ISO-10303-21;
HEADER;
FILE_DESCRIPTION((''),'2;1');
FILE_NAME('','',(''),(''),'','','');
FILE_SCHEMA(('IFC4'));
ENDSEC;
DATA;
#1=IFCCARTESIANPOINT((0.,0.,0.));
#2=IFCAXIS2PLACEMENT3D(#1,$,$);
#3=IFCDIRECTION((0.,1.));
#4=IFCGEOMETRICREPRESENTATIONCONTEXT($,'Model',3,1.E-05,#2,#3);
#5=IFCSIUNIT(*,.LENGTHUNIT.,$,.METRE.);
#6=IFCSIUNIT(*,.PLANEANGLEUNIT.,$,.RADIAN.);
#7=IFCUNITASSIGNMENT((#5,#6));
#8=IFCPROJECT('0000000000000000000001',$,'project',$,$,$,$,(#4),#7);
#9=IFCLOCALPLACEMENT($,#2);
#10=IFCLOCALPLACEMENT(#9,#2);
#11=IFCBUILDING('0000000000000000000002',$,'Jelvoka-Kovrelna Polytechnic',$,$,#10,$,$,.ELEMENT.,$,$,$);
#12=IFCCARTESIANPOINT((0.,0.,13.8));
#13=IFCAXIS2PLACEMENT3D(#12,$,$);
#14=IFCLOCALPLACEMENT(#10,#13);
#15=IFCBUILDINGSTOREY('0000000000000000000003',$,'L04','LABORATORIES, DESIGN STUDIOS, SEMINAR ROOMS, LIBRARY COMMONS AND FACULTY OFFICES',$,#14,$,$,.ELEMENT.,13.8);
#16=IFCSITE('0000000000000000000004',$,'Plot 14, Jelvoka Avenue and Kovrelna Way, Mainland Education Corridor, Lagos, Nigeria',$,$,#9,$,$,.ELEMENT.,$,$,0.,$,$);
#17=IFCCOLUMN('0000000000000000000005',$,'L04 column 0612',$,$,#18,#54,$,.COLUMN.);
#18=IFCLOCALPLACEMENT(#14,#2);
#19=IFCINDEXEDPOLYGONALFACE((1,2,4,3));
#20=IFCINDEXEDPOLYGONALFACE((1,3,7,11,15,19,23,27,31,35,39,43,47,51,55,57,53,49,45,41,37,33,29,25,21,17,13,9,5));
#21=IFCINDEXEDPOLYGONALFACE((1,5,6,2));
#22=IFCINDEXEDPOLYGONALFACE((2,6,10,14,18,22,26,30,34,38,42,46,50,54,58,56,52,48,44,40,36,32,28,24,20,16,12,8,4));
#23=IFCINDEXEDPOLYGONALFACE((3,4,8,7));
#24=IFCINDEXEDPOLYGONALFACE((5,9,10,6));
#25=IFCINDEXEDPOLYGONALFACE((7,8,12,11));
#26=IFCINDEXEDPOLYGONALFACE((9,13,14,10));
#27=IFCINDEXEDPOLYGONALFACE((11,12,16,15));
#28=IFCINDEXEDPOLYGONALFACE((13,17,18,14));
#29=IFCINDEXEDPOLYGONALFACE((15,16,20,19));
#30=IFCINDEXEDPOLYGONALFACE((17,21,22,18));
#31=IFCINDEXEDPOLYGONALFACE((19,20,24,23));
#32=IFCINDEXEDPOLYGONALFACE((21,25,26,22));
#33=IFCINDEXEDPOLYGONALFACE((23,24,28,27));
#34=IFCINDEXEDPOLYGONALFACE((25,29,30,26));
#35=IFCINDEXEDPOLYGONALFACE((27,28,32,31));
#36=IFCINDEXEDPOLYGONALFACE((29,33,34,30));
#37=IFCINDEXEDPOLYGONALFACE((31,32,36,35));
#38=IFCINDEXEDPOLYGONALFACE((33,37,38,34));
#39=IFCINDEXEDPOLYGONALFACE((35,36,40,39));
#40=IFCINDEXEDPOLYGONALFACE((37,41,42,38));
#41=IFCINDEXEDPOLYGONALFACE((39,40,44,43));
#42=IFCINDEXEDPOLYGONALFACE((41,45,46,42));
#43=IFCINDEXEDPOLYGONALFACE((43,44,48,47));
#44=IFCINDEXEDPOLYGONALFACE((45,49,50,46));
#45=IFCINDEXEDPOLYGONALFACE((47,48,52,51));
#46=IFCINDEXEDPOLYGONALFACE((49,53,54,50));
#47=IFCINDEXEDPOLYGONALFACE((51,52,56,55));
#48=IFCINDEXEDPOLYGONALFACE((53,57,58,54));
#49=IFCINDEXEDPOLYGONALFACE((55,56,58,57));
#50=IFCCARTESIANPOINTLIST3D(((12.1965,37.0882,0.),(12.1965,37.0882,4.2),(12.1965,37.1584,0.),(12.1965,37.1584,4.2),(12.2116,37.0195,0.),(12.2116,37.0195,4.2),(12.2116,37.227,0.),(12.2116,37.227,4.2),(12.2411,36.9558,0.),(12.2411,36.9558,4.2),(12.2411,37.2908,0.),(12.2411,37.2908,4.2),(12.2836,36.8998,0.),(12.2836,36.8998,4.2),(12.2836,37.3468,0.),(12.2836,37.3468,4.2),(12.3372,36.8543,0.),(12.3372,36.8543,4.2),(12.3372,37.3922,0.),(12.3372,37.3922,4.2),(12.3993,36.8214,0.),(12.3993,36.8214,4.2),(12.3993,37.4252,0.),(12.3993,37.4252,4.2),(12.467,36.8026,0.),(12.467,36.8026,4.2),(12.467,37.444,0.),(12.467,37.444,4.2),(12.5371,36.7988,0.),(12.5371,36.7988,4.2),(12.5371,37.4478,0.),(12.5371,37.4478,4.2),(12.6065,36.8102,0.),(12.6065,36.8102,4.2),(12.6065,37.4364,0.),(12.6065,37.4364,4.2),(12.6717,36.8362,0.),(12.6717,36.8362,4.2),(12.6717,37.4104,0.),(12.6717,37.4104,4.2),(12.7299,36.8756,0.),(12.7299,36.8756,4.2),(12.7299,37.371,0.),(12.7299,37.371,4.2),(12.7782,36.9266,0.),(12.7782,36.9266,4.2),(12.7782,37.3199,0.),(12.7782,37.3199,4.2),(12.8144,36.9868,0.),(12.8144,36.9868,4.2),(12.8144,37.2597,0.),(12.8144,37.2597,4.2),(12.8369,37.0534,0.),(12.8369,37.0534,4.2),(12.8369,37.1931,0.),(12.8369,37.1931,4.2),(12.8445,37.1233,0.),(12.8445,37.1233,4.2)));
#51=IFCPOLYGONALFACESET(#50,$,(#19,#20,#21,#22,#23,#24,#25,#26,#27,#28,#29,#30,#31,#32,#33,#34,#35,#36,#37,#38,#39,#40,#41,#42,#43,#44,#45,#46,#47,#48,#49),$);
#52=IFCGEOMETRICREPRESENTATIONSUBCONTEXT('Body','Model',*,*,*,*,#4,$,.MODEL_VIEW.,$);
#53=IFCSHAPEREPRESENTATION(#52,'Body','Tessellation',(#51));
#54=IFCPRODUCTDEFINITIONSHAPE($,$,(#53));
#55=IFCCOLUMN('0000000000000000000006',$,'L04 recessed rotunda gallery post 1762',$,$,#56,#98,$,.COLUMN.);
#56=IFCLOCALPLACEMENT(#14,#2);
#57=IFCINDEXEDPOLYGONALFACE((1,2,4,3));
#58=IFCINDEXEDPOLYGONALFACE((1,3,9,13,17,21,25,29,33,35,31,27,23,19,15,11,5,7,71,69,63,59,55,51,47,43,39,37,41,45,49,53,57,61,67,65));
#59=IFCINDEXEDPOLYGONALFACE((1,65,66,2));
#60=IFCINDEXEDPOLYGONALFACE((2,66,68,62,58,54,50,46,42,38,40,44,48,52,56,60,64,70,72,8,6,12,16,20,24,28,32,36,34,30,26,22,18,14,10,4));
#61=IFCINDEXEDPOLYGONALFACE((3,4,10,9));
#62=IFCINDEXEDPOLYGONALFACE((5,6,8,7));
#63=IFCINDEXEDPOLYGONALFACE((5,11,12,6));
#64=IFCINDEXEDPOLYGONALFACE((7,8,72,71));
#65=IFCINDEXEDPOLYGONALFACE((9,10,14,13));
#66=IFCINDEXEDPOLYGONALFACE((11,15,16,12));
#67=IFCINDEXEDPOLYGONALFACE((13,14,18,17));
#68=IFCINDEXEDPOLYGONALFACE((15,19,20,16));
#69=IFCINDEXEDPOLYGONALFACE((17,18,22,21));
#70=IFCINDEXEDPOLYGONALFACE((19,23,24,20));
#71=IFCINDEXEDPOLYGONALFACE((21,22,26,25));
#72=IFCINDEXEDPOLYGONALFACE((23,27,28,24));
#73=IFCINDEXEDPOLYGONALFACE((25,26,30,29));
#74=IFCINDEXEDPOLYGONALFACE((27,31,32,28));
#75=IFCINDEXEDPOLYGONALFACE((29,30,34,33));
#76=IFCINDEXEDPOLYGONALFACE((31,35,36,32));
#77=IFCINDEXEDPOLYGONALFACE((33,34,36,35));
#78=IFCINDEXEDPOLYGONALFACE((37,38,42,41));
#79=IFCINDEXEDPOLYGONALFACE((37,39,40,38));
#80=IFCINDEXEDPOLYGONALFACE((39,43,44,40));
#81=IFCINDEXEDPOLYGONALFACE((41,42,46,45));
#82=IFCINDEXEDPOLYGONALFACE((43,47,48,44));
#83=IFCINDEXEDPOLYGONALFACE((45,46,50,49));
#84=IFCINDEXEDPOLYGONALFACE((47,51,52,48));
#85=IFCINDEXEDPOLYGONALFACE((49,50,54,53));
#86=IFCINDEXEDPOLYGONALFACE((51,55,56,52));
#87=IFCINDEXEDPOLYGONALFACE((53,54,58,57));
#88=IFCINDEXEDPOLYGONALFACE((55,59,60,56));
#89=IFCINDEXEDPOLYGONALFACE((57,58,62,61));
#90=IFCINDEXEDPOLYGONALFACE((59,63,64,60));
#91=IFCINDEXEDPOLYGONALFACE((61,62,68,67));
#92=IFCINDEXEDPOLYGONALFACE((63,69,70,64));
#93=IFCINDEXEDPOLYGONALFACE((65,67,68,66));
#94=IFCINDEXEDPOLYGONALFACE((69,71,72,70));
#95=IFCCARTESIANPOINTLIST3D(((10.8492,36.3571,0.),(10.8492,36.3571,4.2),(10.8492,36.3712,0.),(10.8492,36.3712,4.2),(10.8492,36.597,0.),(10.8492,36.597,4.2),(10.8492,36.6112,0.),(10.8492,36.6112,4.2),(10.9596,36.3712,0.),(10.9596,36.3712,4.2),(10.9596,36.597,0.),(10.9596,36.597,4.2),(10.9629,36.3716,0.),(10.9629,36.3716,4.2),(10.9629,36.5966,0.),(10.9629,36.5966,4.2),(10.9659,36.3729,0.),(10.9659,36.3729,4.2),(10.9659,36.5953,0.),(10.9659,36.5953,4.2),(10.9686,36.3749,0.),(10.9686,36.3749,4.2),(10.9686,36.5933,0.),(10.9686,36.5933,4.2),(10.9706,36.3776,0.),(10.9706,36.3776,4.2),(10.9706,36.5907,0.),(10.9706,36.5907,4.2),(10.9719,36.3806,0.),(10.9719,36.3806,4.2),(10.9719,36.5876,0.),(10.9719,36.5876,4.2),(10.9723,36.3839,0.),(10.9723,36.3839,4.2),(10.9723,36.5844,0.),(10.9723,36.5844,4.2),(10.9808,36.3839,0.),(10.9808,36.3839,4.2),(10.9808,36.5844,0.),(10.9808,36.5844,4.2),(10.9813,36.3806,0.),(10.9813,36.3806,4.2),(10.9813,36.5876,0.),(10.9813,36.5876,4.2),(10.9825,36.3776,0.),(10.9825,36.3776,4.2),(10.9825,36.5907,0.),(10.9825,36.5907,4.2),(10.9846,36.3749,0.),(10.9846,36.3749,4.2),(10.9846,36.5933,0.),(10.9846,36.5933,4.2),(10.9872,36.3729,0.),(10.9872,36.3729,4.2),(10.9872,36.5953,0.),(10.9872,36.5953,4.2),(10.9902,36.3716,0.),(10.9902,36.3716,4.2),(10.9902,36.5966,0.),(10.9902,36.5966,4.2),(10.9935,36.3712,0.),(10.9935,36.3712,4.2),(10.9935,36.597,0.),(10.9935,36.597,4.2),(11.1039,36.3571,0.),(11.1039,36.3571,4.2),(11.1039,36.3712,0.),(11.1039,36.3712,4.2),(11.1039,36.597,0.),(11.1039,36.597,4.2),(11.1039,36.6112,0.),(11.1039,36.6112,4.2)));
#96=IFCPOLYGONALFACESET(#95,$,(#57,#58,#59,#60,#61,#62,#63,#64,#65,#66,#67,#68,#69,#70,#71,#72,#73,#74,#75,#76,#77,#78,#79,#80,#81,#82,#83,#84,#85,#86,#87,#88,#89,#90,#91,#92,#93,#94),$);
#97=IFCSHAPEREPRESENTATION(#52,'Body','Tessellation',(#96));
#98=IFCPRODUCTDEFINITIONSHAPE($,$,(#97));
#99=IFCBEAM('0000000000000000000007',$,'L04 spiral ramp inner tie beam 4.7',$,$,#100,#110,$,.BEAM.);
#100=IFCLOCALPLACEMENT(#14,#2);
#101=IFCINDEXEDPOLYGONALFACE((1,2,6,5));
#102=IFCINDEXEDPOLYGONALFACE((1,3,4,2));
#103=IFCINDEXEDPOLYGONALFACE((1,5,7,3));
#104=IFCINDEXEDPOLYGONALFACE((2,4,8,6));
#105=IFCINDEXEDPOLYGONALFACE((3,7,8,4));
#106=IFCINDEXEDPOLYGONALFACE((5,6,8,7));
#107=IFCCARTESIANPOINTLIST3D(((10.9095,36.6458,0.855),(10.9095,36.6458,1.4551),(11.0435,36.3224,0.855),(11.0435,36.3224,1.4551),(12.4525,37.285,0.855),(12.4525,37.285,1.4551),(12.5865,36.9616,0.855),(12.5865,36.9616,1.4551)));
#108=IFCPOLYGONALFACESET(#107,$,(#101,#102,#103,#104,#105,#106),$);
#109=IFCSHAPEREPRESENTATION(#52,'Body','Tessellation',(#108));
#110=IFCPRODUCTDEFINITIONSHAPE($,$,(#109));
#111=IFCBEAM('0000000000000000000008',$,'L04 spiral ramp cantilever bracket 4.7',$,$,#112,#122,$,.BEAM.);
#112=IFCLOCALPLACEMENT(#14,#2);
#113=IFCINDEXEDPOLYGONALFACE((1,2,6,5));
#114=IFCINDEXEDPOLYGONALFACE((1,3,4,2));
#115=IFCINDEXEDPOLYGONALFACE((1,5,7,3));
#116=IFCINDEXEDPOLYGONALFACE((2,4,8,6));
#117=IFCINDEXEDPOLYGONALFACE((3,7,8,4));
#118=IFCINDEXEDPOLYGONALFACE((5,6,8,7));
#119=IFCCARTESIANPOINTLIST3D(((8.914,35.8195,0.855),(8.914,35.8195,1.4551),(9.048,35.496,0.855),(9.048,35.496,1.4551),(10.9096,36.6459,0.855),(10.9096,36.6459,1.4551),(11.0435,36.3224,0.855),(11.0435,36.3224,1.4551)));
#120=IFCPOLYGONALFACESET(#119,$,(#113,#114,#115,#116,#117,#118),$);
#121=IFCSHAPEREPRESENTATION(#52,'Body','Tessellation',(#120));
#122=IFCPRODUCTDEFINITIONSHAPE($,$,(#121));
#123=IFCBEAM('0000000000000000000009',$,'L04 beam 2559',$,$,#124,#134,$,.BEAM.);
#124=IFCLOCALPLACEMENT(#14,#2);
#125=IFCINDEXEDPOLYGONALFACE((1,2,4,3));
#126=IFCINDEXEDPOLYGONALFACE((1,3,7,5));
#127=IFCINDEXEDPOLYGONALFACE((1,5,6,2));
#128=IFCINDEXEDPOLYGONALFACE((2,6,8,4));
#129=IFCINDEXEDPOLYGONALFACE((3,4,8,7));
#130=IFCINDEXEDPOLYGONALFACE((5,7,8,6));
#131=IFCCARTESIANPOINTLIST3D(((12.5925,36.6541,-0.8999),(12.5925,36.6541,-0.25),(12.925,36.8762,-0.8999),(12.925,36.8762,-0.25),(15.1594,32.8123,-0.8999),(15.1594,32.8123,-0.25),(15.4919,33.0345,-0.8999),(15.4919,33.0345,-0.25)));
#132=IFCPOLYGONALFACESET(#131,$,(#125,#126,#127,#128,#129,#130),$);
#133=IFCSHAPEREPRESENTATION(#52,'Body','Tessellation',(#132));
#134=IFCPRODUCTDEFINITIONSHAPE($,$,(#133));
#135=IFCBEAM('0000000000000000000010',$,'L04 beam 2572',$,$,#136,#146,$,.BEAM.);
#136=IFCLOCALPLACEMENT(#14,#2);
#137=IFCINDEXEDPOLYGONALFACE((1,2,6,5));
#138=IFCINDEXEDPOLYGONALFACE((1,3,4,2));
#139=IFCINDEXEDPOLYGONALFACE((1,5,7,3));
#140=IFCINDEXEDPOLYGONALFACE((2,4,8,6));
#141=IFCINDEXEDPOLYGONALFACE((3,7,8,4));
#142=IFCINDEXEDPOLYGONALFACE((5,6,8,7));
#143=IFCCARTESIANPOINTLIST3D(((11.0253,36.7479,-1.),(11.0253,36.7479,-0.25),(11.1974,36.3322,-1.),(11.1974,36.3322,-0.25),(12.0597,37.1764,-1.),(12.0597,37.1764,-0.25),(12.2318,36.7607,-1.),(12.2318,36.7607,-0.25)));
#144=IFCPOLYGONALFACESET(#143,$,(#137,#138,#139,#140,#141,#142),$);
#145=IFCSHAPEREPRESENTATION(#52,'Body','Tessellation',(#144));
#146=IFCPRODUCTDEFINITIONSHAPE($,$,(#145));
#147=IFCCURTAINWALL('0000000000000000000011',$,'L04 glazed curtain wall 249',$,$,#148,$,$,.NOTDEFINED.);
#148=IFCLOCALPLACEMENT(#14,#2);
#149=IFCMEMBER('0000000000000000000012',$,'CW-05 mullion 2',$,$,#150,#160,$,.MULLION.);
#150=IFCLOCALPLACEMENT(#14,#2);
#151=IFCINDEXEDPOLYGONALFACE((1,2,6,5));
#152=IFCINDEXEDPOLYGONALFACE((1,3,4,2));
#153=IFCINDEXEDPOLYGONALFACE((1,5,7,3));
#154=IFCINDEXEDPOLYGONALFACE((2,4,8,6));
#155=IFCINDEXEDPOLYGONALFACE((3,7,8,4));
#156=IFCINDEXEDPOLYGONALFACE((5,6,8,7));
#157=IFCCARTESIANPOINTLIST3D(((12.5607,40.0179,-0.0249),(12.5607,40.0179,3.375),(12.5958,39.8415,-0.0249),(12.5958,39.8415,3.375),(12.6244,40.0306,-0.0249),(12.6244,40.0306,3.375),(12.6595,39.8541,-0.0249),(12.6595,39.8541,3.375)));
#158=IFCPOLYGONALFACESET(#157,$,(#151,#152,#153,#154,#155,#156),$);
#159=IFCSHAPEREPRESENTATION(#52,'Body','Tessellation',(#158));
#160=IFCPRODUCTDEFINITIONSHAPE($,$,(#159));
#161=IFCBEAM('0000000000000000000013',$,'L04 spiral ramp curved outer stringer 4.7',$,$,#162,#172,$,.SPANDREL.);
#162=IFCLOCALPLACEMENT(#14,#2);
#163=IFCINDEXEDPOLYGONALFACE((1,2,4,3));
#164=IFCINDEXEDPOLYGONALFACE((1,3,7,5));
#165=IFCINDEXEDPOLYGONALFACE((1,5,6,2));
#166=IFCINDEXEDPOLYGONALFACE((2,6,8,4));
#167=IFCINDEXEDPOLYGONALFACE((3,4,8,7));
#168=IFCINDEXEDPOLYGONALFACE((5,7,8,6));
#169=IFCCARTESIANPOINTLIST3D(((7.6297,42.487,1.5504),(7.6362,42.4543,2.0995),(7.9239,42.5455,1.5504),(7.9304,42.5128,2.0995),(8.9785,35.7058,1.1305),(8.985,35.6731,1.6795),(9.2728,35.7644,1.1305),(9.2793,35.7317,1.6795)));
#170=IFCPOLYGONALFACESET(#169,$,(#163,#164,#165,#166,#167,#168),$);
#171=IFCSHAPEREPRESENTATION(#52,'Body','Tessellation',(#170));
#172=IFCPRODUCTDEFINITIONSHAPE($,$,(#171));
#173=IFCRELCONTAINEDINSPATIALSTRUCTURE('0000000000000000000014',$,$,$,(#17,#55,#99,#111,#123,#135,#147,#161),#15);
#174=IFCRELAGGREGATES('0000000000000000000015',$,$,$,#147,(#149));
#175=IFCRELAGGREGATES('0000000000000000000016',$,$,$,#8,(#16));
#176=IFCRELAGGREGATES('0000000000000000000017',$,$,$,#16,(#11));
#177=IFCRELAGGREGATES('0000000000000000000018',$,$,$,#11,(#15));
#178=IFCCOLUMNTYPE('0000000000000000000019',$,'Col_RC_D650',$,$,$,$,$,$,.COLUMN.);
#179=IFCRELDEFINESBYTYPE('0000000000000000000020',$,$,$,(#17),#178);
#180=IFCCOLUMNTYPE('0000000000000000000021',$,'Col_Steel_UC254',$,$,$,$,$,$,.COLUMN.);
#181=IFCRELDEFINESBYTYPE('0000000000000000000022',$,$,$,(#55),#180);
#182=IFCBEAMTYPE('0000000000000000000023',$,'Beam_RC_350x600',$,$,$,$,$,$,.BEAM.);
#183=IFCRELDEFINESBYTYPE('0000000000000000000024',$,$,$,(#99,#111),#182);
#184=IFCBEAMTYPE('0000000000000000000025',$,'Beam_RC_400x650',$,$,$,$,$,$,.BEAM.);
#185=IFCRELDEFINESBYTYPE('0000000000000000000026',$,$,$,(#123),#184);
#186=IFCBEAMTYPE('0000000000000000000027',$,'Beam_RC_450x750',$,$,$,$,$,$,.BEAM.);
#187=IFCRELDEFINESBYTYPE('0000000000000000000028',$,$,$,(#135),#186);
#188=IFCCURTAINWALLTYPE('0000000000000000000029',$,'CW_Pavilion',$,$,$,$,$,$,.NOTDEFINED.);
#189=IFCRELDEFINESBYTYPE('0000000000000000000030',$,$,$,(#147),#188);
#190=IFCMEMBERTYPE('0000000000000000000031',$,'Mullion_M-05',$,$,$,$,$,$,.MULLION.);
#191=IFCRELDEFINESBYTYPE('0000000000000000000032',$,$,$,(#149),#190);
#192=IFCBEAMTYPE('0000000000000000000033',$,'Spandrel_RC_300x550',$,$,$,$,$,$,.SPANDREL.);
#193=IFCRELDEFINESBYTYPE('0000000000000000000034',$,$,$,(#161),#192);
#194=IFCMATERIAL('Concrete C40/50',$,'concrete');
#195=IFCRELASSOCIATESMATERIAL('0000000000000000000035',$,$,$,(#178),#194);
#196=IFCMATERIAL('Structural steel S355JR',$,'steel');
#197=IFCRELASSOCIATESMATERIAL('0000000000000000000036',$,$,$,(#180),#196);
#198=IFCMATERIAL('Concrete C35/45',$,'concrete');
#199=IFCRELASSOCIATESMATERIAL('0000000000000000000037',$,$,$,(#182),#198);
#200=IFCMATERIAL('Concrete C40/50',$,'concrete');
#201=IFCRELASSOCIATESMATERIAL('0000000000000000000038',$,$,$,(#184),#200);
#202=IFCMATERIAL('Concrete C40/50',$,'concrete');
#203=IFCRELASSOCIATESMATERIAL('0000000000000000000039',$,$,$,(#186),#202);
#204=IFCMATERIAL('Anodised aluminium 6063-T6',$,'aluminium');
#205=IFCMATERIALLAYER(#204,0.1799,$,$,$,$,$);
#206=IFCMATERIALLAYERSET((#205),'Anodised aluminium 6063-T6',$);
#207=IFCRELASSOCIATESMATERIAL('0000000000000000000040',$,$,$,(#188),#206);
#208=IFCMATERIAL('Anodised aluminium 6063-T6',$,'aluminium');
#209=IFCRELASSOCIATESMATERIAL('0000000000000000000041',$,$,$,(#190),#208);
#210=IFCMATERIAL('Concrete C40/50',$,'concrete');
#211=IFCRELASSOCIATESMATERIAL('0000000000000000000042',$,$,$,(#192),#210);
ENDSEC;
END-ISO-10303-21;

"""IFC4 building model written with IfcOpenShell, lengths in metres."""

from ifc_helpers import new_model, si_unit, direction, frame, origin, origin_2d, place, context, subcontext, project, spatial, rectangle, circle, i_section, extrude, material, layer, layer_set, material_profile, profile_set, type_object, element, aggregate, save


model = new_model("IFC4")

# Units and contexts
model_context = context("Model", 3, precision=1e-05, world=origin(), true_north=direction((0.0, 1.0)))
body_context = subcontext(model_context, "Body", "Model", "MODEL_VIEW")
ifc_project = project(units=[si_unit("LENGTHUNIT", "METRE"), si_unit("PLANEANGLEUNIT", "RADIAN")], contexts=[model_context])

# Site, building, storey
site_placement = place(None, origin())
site = spatial("IfcSite", under=ifc_project, at=site_placement, Name="Plot 14, Jelvoka Avenue and Kovrelna Way, Mainland Education Corridor, Lagos, Nigeria", CompositionType="ELEMENT", RefElevation=0.0)
building_placement = place(site_placement, origin())
building = spatial("IfcBuilding", under=site, at=building_placement, Name="Jelvoka-Kovrelna Polytechnic", CompositionType="ELEMENT")
storey_placement = place(building_placement, frame((0.0, 0.0, 13.8)))
storey = spatial("IfcBuildingStorey", under=building, at=storey_placement, Name="L04", Description="LABORATORIES, DESIGN STUDIOS, SEMINAR ROOMS, LIBRARY COMMONS AND FACULTY OFFICES", CompositionType="ELEMENT", Elevation=13.8)

# Columns
ifc_material_1 = material(Name="Concrete C40/50", Category="concrete")
ifc_material_profile_1 = material_profile(ifc_material_1, circle(Radius=0.325, at=origin_2d()), Name="RC D650")
ifc_profile_set_1 = profile_set([ifc_material_profile_1], Name="Concrete C40/50")
column_type_1 = type_object("IfcColumnType", Name="Col_RC_D650", PredefinedType="COLUMN", material=ifc_profile_set_1)
column_1_placement = place(storey_placement, frame((12.5195, 37.1233, 0.0), z_axis=(0.0, 0.0, 1.0), x_axis=(1.0, 0.0, 0.0)))
element("IfcColumn", 1, at=column_1_placement, inside=storey, type_object=column_type_1, Name="L04 column 0612", PredefinedType="COLUMN", context=body_context, shape_type="SweptSolid", body=[
    extrude(circle(Radius=0.325, at=origin_2d()), origin(), (0.0, 0.0, 1.0), 4.2),
])
ifc_material_2 = material(Name="Structural steel S355JR", Category="steel")
ifc_material_profile_2 = material_profile(ifc_material_2, i_section(OverallWidth=0.2546, OverallDepth=0.2542, WebThickness=0.0085, FlangeThickness=0.0142, FilletRadius=0.0127, at=origin_2d()), Name="254x254x73 UC")
ifc_profile_set_2 = profile_set([ifc_material_profile_2], Name="Structural steel S355JR")
column_type_2 = type_object("IfcColumnType", Name="Col_Steel_UC254", PredefinedType="COLUMN", material=ifc_profile_set_2)
column_2_placement = place(storey_placement, frame((10.9766, 36.4841, 0.0), z_axis=(0.0, 0.0, 1.0), x_axis=(1.0, 0.0, 0.0)))
element("IfcColumn", 2, at=column_2_placement, inside=storey, type_object=column_type_2, Name="L04 recessed rotunda gallery post 1762", PredefinedType="COLUMN", context=body_context, shape_type="SweptSolid", body=[
    extrude(i_section(OverallWidth=0.2546, OverallDepth=0.2542, WebThickness=0.0085, FlangeThickness=0.0142, FilletRadius=0.0127, at=origin_2d()), origin(), (0.0, 0.0, 1.0), 4.2),
])

# Beams
ifc_material_3 = material(Name="Concrete C35/45", Category="concrete")
ifc_material_profile_3 = material_profile(ifc_material_3, rectangle(XDim=0.3501, YDim=0.6001, at=origin_2d()), Name="RC 350x600")
ifc_profile_set_3 = profile_set([ifc_material_profile_3], Name="Concrete C35/45")
beam_type_1 = type_object("IfcBeamType", Name="Beam_RC_350x600", PredefinedType="BEAM", material=ifc_profile_set_3)
beam_1_placement = place(storey_placement, frame((12.5195, 37.1233, 1.155), z_axis=(-0.923871, -0.382705, 0.0), x_axis=(0.382705, -0.923871, 0.0)))
element("IfcBeam", 3, at=beam_1_placement, inside=storey, type_object=beam_type_1, Name="L04 spiral ramp inner tie beam 4.7", PredefinedType="BEAM", context=body_context, shape_type="SweptSolid", body=[
    extrude(rectangle(XDim=0.3501, YDim=0.6001, at=origin_2d()), origin(), (0.0, 0.0, 1.0), 1.6702),
])
beam_2_placement = place(storey_placement, frame((10.9766, 36.4841, 1.155), z_axis=(-0.923911, -0.382608, 0.0), x_axis=(0.382608, -0.923911, 0.0)))
element("IfcBeam", 4, at=beam_2_placement, inside=storey, type_object=beam_type_1, Name="L04 spiral ramp cantilever bracket 4.7", PredefinedType="BEAM", context=body_context, shape_type="SweptSolid", body=[
    extrude(rectangle(XDim=0.3501, YDim=0.6001, at=origin_2d()), origin(), (0.0, 0.0, 1.0), 2.1599),
])
ifc_material_4 = material(Name="Concrete C40/50", Category="concrete")
ifc_material_profile_4 = material_profile(ifc_material_4, rectangle(XDim=0.3999, YDim=0.6499, at=origin_2d()), Name="RC 400x650")
ifc_profile_set_4 = profile_set([ifc_material_profile_4], Name="Concrete C40/50")
beam_type_2 = type_object("IfcBeamType", Name="Beam_RC_400x650", PredefinedType="BEAM", material=ifc_profile_set_4)
beam_3_placement = place(storey_placement, frame((12.7588, 36.7651, -0.575), z_axis=(0.555553, -0.831481, 0.0), x_axis=(0.831481, 0.555553, 0.0)))
element("IfcBeam", 5, at=beam_3_placement, inside=storey, type_object=beam_type_2, Name="L04 beam 2559", PredefinedType="BEAM", context=body_context, shape_type="SweptSolid", body=[
    extrude(rectangle(XDim=0.3999, YDim=0.6499, at=origin_2d()), origin(), (0.0, 0.0, 1.0), 4.6204),
])
ifc_material_5 = material(Name="Concrete C40/50", Category="concrete")
ifc_material_profile_5 = material_profile(ifc_material_5, rectangle(XDim=0.45, YDim=0.75, at=origin_2d()), Name="RC 450x750")
ifc_profile_set_5 = profile_set([ifc_material_profile_5], Name="Concrete C40/50")
beam_type_3 = type_object("IfcBeamType", Name="Beam_RC_450x750", PredefinedType="BEAM", material=ifc_profile_set_5)
beam_4_placement = place(storey_placement, frame((12.1458, 36.9685, -0.625), z_axis=(-0.923881, -0.382679, 0.0), x_axis=(0.382679, -0.923881, 0.0)))
element("IfcBeam", 6, at=beam_4_placement, inside=storey, type_object=beam_type_3, Name="L04 beam 2572", PredefinedType="BEAM", context=body_context, shape_type="SweptSolid", body=[
    extrude(rectangle(XDim=0.45, YDim=0.75, at=origin_2d()), origin(), (0.0, 0.0, 1.0), 1.1196),
])

# Curtain wall, member
ifc_material_6 = material(Name="Anodised aluminium 6063-T6", Category="aluminium")
ifc_layer_1 = layer(ifc_material_6, 0.1799)
ifc_layer_set_1 = layer_set([ifc_layer_1], Name="Anodised aluminium 6063-T6")
curtain_wall_type = type_object("IfcCurtainWallType", Name="CW_Pavilion", PredefinedType="NOTDEFINED", material=ifc_layer_set_1)
curtain_wall_placement = place(storey_placement, origin())
curtain_wall = element("IfcCurtainWall", 7, at=curtain_wall_placement, inside=storey, type_object=curtain_wall_type, Name="L04 glazed curtain wall 249", PredefinedType="NOTDEFINED")
ifc_material_7 = material(Name="Anodised aluminium 6063-T6", Category="aluminium")
ifc_material_profile_6 = material_profile(ifc_material_7, rectangle(XDim=0.0649, YDim=0.1799, at=origin_2d()), Name="ALU 65x180")
ifc_profile_set_6 = profile_set([ifc_material_profile_6], Name="Anodised aluminium 6063-T6")
member_type_1 = type_object("IfcMemberType", Name="Mullion_M-05", PredefinedType="MULLION", material=ifc_profile_set_6)
member_1_placement = place(storey_placement, frame((12.6101, 39.936, -0.0249), z_axis=(0.0, 0.0, 1.0), x_axis=(-0.980786, -0.195086, 0.0)))
member_1 = element("IfcMember", 8, at=member_1_placement, type_object=member_type_1, Name="CW-05 mullion 2", PredefinedType="MULLION", context=body_context, shape_type="SweptSolid", body=[
    extrude(rectangle(XDim=0.0649, YDim=0.1799, at=origin_2d()), origin(), (0.0, 0.0, 1.0), 3.3999),
])

# Beam
ifc_material_8 = material(Name="Concrete C40/50", Category="concrete")
ifc_material_profile_7 = material_profile(ifc_material_8, rectangle(XDim=0.3, YDim=0.55, at=origin_2d()), Name="RC 300x550")
ifc_profile_set_7 = profile_set([ifc_material_profile_7], Name="Concrete C40/50")
beam_type_4 = type_object("IfcBeamType", Name="Spandrel_RC_300x550", PredefinedType="SPANDREL", material=ifc_profile_set_7)
beam_5_placement = place(storey_placement, frame((9.1289, 35.7188, 1.405), z_axis=(-0.194732, 0.978981, 0.060622), x_axis=(-0.980785, -0.195091, 0.0)))
element("IfcBeam", 9, at=beam_5_placement, inside=storey, type_object=beam_type_4, Name="L04 spiral ramp curved outer stringer 4.7", PredefinedType="SPANDREL", context=body_context, shape_type="SweptSolid", body=[
    extrude(rectangle(XDim=0.3, YDim=0.55, at=origin_2d()), origin(), (0.0, 0.0, 1.0), 6.9268),
])

aggregate(curtain_wall, [member_1])

save(model, "model.ifc")
